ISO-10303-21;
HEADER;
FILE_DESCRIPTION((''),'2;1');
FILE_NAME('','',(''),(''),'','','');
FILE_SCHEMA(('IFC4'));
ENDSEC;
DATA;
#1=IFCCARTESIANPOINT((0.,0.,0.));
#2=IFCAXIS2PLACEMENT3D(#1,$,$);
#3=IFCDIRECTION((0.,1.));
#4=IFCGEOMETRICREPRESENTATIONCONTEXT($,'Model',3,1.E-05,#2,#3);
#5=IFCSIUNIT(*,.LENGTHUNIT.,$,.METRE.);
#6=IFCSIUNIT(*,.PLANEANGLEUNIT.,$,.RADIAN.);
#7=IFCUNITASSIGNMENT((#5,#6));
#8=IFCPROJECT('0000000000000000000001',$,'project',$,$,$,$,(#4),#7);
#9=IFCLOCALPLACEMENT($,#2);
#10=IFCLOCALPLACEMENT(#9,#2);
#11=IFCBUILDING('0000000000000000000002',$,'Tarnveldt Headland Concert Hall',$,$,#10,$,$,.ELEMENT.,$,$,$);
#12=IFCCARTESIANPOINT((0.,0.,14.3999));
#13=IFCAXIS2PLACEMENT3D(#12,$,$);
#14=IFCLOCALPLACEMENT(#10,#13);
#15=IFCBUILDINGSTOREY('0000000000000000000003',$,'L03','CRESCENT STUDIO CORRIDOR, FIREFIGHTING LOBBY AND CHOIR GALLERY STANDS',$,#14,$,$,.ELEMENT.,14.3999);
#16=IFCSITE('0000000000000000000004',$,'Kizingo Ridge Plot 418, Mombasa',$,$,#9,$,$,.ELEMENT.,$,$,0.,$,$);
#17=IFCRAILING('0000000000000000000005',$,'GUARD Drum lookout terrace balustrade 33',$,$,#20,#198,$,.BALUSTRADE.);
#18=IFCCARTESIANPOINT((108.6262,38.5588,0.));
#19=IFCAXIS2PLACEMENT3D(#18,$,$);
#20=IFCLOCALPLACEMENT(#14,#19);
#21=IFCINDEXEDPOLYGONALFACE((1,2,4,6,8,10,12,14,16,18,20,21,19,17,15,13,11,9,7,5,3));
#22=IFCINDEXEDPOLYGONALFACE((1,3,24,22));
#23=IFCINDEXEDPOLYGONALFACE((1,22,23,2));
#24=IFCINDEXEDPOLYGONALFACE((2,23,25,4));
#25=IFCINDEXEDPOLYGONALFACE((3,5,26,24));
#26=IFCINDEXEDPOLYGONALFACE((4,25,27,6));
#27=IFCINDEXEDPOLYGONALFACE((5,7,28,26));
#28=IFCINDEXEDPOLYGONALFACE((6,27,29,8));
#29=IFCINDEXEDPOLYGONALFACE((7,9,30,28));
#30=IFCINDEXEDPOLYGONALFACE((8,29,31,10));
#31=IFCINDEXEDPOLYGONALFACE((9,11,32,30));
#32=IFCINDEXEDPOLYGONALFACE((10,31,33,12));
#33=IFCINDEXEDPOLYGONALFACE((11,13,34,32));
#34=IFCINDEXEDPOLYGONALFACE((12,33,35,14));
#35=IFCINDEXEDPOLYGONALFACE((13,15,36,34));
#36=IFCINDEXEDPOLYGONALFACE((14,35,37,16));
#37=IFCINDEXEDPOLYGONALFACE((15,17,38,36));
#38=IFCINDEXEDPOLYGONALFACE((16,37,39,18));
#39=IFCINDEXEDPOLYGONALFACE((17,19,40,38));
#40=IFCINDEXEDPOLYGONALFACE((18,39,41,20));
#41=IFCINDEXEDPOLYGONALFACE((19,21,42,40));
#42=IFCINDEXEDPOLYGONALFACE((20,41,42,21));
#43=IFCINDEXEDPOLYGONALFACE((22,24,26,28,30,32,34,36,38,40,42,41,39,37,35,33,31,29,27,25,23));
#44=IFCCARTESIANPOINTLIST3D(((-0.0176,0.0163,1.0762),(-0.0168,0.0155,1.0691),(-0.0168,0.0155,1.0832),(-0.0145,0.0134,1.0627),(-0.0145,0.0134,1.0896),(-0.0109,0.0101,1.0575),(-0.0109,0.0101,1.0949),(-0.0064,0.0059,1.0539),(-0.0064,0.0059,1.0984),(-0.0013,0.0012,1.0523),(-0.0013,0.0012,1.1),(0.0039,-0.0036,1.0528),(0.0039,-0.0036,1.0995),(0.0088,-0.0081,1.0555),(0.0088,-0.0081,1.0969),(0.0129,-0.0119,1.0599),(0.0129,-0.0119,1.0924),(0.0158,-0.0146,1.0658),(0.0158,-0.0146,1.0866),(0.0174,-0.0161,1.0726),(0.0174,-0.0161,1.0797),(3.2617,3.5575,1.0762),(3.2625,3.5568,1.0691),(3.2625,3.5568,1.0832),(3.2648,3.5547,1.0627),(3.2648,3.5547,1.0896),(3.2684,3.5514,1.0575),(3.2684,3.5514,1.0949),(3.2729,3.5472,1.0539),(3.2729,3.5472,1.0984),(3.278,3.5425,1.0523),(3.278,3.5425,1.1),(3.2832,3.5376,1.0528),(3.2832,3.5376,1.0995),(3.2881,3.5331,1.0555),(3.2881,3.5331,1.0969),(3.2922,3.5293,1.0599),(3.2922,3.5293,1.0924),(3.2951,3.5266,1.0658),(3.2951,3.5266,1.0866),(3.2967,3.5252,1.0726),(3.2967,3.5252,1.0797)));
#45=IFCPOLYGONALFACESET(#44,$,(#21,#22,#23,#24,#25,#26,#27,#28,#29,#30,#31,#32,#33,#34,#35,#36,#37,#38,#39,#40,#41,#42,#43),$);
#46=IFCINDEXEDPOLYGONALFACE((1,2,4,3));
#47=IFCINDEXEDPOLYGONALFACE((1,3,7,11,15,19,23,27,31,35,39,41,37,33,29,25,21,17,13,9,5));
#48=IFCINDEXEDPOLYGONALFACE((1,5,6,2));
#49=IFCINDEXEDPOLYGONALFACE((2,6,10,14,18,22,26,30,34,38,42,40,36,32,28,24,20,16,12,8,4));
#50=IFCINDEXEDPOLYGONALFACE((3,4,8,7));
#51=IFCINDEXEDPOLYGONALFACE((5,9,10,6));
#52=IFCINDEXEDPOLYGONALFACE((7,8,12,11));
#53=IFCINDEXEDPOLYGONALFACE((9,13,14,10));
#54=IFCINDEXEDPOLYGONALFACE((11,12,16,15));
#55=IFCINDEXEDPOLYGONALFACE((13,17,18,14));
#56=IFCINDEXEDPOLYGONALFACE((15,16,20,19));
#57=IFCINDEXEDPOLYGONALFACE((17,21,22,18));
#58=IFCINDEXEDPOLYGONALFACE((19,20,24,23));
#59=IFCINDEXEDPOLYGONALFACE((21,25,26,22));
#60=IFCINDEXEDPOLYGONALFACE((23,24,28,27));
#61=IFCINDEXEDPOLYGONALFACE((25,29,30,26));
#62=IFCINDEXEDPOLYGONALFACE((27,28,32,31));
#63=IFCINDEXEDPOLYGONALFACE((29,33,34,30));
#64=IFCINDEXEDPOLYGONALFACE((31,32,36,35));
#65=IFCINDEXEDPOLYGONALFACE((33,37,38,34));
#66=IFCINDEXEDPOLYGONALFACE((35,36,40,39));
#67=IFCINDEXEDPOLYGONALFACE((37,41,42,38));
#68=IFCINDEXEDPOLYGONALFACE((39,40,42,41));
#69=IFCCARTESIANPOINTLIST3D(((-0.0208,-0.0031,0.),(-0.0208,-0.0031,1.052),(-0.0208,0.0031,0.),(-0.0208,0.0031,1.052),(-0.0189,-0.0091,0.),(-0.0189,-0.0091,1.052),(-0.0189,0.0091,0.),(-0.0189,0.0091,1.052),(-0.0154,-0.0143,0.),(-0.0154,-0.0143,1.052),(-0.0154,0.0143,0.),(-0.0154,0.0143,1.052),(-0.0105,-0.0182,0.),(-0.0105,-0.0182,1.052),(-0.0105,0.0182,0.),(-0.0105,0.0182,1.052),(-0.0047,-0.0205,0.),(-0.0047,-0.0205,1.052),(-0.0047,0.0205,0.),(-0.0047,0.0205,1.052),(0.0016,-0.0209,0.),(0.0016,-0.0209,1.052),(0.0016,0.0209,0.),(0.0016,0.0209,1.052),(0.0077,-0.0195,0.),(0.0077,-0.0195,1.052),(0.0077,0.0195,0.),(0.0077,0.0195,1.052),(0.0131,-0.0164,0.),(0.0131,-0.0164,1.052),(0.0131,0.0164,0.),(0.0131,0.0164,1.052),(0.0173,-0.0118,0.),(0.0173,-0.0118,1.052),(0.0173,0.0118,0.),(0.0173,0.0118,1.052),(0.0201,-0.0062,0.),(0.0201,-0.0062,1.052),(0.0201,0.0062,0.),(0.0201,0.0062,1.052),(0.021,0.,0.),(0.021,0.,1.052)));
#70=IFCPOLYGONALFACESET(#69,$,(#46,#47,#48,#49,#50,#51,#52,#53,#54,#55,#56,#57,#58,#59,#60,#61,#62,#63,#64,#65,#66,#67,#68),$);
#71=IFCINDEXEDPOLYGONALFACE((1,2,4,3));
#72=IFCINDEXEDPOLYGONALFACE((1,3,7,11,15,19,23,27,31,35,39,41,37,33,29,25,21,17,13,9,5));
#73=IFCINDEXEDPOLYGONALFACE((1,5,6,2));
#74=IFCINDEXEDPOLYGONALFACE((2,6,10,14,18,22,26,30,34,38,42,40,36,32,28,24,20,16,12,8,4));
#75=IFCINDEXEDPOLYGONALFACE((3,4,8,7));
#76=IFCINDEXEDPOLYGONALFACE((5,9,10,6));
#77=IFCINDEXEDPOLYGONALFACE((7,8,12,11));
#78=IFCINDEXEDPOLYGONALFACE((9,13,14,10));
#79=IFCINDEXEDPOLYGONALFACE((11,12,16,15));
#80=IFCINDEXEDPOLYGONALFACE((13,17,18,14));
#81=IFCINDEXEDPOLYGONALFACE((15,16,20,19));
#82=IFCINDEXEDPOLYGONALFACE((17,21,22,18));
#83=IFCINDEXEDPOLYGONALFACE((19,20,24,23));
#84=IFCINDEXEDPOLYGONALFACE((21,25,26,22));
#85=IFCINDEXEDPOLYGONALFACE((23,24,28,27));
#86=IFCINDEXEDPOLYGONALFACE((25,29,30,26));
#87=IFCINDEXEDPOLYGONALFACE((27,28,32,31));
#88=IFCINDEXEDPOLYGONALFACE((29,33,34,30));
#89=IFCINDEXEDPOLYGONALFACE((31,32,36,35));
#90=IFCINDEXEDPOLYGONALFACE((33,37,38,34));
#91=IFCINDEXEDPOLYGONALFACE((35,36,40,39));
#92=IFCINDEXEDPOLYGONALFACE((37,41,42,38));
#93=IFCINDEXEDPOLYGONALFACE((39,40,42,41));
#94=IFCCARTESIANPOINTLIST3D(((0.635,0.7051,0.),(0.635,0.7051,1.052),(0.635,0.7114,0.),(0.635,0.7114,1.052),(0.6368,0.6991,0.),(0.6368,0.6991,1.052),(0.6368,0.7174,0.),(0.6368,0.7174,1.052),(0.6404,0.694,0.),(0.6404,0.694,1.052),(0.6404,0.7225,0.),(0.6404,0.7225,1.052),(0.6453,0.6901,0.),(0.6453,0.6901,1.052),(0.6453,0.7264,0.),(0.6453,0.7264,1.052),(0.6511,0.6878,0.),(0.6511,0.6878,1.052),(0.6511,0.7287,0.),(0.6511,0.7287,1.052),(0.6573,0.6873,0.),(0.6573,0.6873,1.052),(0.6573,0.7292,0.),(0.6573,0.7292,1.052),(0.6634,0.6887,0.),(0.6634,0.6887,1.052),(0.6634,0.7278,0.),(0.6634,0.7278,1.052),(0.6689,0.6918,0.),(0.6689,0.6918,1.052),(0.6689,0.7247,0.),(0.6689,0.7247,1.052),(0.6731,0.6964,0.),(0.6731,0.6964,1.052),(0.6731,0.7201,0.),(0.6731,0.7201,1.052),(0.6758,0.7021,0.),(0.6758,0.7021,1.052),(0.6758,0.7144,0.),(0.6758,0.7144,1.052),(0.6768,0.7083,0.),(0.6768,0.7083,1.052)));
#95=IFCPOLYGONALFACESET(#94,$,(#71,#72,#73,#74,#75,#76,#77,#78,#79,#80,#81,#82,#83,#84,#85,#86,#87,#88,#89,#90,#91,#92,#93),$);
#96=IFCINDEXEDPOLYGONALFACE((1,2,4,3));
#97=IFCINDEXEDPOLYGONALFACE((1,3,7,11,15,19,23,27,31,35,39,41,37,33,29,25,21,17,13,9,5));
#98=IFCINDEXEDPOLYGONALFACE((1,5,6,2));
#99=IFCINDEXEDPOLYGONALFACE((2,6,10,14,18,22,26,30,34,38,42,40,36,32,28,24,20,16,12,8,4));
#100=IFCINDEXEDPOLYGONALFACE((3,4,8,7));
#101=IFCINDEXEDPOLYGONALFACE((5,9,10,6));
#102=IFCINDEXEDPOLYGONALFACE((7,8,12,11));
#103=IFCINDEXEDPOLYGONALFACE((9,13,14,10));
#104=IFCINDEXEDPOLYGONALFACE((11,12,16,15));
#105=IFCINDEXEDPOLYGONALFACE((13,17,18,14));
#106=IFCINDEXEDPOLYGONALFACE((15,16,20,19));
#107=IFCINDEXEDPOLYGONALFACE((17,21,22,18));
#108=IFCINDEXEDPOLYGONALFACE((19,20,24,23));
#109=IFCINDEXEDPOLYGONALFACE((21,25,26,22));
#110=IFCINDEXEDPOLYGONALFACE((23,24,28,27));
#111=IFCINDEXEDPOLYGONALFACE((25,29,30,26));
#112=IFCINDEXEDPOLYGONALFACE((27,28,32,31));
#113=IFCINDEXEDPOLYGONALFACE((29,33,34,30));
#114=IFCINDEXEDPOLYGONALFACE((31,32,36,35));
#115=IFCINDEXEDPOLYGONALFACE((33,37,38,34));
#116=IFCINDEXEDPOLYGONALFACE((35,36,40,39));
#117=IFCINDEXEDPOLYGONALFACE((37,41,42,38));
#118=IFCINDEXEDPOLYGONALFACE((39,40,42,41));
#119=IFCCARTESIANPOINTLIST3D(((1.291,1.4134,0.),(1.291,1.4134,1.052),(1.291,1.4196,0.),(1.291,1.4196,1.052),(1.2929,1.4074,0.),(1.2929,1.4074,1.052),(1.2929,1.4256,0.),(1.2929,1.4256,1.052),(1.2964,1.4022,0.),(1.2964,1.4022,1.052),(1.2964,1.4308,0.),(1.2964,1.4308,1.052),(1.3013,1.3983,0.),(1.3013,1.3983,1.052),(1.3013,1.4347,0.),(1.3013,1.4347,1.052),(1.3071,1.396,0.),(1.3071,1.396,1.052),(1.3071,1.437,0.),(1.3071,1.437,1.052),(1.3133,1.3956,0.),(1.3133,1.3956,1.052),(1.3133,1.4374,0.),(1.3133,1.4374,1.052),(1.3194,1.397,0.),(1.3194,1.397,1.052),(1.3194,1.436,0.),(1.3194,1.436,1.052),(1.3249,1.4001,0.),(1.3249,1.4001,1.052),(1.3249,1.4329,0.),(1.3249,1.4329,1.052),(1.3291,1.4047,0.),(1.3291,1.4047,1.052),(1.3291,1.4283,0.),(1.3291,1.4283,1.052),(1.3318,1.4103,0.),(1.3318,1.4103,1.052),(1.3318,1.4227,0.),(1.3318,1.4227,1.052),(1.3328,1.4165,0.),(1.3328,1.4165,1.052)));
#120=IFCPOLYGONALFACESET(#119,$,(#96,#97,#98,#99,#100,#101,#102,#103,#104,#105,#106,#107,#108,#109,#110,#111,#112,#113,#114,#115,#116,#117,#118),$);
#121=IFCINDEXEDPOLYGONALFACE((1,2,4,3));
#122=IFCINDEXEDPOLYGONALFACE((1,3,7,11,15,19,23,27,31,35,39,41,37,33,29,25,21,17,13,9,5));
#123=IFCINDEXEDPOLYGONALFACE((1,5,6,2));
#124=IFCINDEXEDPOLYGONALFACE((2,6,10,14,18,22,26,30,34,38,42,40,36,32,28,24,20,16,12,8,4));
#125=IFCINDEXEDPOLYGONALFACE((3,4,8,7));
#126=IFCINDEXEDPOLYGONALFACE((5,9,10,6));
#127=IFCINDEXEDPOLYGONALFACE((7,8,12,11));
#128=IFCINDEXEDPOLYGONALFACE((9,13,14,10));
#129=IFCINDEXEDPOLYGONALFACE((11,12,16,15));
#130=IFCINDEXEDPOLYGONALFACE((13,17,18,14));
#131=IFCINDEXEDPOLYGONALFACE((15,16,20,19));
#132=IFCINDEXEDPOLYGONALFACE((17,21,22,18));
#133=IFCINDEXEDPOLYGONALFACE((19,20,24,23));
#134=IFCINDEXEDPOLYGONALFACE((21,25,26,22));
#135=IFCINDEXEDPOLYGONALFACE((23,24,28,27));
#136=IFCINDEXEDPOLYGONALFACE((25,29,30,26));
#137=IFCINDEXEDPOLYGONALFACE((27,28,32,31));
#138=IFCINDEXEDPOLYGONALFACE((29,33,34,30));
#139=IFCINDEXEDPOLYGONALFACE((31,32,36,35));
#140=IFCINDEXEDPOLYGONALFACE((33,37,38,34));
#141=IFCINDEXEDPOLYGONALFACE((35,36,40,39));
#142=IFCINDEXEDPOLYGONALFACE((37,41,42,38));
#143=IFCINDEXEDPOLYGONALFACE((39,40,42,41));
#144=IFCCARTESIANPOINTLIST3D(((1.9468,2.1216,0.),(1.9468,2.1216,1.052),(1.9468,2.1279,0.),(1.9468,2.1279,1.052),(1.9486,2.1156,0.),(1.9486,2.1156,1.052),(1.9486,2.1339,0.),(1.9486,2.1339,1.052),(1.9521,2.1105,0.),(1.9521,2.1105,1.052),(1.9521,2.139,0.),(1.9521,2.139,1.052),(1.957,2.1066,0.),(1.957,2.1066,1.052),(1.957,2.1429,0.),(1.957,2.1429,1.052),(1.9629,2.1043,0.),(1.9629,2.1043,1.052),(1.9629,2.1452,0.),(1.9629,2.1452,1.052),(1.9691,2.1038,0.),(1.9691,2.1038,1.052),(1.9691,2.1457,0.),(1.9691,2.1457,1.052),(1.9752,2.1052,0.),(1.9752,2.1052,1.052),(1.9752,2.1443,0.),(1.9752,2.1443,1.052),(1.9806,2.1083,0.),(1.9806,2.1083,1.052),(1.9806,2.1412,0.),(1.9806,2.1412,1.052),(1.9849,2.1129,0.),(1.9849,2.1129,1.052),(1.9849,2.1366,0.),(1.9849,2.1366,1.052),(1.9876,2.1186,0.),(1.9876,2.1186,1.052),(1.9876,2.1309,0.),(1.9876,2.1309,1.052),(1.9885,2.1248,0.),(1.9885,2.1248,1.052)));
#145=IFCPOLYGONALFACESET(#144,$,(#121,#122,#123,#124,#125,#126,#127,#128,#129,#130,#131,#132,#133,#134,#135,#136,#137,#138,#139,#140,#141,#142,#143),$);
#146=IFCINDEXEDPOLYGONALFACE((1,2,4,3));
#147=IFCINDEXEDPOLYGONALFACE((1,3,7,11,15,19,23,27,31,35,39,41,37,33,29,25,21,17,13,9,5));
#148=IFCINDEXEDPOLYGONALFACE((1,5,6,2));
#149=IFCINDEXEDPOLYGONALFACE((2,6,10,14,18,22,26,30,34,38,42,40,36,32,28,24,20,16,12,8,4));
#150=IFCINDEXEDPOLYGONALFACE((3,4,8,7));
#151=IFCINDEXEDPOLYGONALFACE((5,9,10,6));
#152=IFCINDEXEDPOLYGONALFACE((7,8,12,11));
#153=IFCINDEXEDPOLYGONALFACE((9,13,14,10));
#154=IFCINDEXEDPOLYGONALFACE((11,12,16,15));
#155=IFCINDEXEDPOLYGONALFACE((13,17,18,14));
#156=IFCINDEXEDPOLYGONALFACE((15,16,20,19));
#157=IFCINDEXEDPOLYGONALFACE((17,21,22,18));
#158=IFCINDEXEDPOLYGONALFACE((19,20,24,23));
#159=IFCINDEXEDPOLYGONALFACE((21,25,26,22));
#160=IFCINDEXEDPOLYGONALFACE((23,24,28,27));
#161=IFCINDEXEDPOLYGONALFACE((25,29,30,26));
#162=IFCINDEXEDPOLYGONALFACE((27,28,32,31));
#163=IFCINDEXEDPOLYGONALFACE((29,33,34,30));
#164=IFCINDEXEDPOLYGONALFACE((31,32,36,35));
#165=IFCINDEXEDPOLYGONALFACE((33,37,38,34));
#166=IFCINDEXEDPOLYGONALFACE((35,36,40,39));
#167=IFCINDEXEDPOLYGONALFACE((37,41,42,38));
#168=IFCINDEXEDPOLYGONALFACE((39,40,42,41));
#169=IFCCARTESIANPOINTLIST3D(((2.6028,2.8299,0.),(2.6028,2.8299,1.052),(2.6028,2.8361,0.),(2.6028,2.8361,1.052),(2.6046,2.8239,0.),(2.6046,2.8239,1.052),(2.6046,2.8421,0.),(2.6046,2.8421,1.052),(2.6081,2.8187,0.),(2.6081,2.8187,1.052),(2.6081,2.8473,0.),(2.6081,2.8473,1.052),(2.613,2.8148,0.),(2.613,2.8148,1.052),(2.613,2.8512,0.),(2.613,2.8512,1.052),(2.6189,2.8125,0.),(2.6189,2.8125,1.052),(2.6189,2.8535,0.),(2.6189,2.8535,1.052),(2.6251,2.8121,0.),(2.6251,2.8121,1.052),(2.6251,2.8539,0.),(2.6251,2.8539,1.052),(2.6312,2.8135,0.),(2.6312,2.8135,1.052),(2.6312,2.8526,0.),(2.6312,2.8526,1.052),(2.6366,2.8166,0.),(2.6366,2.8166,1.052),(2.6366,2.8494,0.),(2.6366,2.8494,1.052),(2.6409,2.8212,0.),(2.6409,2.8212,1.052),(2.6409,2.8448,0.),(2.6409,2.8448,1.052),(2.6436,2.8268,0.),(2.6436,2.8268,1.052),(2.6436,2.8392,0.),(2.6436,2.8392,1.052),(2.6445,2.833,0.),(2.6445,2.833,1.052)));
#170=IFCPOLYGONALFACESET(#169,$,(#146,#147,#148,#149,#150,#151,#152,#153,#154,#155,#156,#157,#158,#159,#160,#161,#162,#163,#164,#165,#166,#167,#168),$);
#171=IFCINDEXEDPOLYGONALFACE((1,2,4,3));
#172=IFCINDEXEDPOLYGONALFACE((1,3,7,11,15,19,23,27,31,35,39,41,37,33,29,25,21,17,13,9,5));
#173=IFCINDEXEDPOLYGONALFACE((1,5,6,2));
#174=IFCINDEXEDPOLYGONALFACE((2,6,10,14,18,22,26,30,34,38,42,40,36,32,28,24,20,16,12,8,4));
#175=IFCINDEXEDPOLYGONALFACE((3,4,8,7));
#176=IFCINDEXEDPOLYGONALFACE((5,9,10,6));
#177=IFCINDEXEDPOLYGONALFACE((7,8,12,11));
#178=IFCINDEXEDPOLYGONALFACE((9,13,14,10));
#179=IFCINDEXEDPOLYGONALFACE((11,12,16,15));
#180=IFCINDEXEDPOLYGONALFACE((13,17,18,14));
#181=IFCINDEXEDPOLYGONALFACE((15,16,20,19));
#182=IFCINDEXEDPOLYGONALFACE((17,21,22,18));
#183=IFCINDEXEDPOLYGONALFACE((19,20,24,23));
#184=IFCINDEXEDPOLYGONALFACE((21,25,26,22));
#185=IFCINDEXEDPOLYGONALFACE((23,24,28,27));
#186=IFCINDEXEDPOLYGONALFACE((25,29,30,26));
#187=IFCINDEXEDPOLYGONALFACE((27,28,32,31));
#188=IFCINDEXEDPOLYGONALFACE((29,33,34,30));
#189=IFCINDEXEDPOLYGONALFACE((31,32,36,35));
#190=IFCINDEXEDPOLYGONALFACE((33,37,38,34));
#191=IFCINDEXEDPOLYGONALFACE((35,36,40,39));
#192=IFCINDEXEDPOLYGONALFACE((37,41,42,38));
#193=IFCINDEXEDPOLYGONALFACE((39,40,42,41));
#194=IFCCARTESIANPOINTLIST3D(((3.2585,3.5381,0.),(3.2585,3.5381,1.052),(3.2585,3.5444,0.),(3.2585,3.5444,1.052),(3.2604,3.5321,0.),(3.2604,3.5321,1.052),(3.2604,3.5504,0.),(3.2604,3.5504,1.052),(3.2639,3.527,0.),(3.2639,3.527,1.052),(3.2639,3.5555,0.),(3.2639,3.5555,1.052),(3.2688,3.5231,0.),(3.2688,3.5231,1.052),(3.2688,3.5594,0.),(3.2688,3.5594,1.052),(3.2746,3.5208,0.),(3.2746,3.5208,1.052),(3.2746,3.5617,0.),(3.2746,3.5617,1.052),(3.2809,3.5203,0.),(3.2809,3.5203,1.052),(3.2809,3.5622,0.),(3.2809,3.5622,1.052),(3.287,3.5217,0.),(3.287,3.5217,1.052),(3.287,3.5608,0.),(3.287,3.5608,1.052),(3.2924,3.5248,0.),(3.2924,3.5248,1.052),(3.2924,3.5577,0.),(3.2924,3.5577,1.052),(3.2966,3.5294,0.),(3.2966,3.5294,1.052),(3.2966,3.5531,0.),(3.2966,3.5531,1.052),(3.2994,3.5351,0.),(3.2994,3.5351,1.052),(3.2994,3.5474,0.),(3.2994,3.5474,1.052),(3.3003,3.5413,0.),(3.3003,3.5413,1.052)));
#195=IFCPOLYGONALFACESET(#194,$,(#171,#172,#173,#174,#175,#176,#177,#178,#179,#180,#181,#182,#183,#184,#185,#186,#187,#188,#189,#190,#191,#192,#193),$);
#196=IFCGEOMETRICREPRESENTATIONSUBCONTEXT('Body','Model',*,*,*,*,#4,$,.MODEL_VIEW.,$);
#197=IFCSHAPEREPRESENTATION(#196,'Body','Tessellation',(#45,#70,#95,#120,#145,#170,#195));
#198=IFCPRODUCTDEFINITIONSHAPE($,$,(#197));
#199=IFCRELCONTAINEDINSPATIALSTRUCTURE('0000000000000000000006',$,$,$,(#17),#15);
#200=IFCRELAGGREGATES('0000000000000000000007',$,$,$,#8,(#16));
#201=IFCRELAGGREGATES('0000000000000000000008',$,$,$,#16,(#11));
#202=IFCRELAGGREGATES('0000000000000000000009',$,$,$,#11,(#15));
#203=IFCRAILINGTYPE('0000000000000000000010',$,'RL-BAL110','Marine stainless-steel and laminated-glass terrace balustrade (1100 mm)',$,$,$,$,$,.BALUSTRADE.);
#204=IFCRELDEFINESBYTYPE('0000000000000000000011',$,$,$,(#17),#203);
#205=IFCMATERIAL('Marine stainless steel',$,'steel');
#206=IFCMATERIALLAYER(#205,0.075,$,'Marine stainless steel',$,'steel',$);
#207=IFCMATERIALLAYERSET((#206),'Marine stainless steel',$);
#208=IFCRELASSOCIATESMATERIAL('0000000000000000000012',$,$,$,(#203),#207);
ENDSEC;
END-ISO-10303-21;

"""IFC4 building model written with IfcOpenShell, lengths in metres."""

from ifc_helpers import new_model, si_unit, direction, frame, origin, origin_2d, place, context, subcontext, project, spatial, circle, extrude, material, layer, layer_set, type_object, element, save


model = new_model("IFC4")

# Units and contexts
model_context = context("Model", 3, precision=1e-05, world=origin(), true_north=direction((0.0, 1.0)))
body_context = subcontext(model_context, "Body", "Model", "MODEL_VIEW")
ifc_project = project(units=[si_unit("LENGTHUNIT", "METRE"), si_unit("PLANEANGLEUNIT", "RADIAN")], contexts=[model_context])

# Site, building, storey
site_placement = place(None, origin())
site = spatial("IfcSite", under=ifc_project, at=site_placement, Name="Kizingo Ridge Plot 418, Mombasa", CompositionType="ELEMENT", RefElevation=0.0)
building_placement = place(site_placement, origin())
building = spatial("IfcBuilding", under=site, at=building_placement, Name="Tarnveldt Headland Concert Hall", CompositionType="ELEMENT")
storey_placement = place(building_placement, frame((0.0, 0.0, 14.3999)))
storey = spatial("IfcBuildingStorey", under=building, at=storey_placement, Name="L03", Description="CRESCENT STUDIO CORRIDOR, FIREFIGHTING LOBBY AND CHOIR GALLERY STANDS", CompositionType="ELEMENT", Elevation=14.3999)

# Railing
ifc_material_1 = material(Name="Marine stainless steel", Category="steel")
ifc_layer_1 = layer(ifc_material_1, 0.075, Name="Marine stainless steel", Category="steel")
ifc_layer_set_1 = layer_set([ifc_layer_1], Name="Marine stainless steel")
railing_type = type_object("IfcRailingType", Name="RL-BAL110", Description="Marine stainless-steel and laminated-glass terrace balustrade (1100 mm)", PredefinedType="BALUSTRADE", material=ifc_layer_set_1)
railing_1_placement = place(storey_placement, frame((108.6262, 38.5588, 0.0)))
element("IfcRailing", 1, at=railing_1_placement, inside=storey, type_object=railing_type, Name="GUARD Drum lookout terrace balustrade 33", PredefinedType="BALUSTRADE", context=body_context, shape_type="SweptSolid", body=[
    extrude(circle(Radius=0.0239, at=origin_2d()), frame((0.0, 0.0, 1.0762), z_axis=(0.679447, 0.733724, 0.0), x_axis=(-0.733724, 0.679447, 0.0)), (0.0, 0.0, 1.0), 4.8264),
    extrude(circle(Radius=0.021, at=origin_2d()), origin(), (0.0, 0.0, 1.0), 1.052),
    extrude(circle(Radius=0.021, at=origin_2d()), frame((0.6558, 0.7083, 0.0)), (0.0, 0.0, 1.0), 1.052),
    extrude(circle(Radius=0.021, at=origin_2d()), frame((1.3118, 1.4165, 0.0)), (0.0, 0.0, 1.0), 1.052),
    extrude(circle(Radius=0.021, at=origin_2d()), frame((1.9675, 2.1248, 0.0)), (0.0, 0.0, 1.0), 1.052),
    extrude(circle(Radius=0.021, at=origin_2d()), frame((2.6235, 2.833, 0.0)), (0.0, 0.0, 1.0), 1.052),
    extrude(circle(Radius=0.021, at=origin_2d()), frame((3.2793, 3.5413, 0.0)), (0.0, 0.0, 1.0), 1.052),
])

save(model, "model.ifc")
